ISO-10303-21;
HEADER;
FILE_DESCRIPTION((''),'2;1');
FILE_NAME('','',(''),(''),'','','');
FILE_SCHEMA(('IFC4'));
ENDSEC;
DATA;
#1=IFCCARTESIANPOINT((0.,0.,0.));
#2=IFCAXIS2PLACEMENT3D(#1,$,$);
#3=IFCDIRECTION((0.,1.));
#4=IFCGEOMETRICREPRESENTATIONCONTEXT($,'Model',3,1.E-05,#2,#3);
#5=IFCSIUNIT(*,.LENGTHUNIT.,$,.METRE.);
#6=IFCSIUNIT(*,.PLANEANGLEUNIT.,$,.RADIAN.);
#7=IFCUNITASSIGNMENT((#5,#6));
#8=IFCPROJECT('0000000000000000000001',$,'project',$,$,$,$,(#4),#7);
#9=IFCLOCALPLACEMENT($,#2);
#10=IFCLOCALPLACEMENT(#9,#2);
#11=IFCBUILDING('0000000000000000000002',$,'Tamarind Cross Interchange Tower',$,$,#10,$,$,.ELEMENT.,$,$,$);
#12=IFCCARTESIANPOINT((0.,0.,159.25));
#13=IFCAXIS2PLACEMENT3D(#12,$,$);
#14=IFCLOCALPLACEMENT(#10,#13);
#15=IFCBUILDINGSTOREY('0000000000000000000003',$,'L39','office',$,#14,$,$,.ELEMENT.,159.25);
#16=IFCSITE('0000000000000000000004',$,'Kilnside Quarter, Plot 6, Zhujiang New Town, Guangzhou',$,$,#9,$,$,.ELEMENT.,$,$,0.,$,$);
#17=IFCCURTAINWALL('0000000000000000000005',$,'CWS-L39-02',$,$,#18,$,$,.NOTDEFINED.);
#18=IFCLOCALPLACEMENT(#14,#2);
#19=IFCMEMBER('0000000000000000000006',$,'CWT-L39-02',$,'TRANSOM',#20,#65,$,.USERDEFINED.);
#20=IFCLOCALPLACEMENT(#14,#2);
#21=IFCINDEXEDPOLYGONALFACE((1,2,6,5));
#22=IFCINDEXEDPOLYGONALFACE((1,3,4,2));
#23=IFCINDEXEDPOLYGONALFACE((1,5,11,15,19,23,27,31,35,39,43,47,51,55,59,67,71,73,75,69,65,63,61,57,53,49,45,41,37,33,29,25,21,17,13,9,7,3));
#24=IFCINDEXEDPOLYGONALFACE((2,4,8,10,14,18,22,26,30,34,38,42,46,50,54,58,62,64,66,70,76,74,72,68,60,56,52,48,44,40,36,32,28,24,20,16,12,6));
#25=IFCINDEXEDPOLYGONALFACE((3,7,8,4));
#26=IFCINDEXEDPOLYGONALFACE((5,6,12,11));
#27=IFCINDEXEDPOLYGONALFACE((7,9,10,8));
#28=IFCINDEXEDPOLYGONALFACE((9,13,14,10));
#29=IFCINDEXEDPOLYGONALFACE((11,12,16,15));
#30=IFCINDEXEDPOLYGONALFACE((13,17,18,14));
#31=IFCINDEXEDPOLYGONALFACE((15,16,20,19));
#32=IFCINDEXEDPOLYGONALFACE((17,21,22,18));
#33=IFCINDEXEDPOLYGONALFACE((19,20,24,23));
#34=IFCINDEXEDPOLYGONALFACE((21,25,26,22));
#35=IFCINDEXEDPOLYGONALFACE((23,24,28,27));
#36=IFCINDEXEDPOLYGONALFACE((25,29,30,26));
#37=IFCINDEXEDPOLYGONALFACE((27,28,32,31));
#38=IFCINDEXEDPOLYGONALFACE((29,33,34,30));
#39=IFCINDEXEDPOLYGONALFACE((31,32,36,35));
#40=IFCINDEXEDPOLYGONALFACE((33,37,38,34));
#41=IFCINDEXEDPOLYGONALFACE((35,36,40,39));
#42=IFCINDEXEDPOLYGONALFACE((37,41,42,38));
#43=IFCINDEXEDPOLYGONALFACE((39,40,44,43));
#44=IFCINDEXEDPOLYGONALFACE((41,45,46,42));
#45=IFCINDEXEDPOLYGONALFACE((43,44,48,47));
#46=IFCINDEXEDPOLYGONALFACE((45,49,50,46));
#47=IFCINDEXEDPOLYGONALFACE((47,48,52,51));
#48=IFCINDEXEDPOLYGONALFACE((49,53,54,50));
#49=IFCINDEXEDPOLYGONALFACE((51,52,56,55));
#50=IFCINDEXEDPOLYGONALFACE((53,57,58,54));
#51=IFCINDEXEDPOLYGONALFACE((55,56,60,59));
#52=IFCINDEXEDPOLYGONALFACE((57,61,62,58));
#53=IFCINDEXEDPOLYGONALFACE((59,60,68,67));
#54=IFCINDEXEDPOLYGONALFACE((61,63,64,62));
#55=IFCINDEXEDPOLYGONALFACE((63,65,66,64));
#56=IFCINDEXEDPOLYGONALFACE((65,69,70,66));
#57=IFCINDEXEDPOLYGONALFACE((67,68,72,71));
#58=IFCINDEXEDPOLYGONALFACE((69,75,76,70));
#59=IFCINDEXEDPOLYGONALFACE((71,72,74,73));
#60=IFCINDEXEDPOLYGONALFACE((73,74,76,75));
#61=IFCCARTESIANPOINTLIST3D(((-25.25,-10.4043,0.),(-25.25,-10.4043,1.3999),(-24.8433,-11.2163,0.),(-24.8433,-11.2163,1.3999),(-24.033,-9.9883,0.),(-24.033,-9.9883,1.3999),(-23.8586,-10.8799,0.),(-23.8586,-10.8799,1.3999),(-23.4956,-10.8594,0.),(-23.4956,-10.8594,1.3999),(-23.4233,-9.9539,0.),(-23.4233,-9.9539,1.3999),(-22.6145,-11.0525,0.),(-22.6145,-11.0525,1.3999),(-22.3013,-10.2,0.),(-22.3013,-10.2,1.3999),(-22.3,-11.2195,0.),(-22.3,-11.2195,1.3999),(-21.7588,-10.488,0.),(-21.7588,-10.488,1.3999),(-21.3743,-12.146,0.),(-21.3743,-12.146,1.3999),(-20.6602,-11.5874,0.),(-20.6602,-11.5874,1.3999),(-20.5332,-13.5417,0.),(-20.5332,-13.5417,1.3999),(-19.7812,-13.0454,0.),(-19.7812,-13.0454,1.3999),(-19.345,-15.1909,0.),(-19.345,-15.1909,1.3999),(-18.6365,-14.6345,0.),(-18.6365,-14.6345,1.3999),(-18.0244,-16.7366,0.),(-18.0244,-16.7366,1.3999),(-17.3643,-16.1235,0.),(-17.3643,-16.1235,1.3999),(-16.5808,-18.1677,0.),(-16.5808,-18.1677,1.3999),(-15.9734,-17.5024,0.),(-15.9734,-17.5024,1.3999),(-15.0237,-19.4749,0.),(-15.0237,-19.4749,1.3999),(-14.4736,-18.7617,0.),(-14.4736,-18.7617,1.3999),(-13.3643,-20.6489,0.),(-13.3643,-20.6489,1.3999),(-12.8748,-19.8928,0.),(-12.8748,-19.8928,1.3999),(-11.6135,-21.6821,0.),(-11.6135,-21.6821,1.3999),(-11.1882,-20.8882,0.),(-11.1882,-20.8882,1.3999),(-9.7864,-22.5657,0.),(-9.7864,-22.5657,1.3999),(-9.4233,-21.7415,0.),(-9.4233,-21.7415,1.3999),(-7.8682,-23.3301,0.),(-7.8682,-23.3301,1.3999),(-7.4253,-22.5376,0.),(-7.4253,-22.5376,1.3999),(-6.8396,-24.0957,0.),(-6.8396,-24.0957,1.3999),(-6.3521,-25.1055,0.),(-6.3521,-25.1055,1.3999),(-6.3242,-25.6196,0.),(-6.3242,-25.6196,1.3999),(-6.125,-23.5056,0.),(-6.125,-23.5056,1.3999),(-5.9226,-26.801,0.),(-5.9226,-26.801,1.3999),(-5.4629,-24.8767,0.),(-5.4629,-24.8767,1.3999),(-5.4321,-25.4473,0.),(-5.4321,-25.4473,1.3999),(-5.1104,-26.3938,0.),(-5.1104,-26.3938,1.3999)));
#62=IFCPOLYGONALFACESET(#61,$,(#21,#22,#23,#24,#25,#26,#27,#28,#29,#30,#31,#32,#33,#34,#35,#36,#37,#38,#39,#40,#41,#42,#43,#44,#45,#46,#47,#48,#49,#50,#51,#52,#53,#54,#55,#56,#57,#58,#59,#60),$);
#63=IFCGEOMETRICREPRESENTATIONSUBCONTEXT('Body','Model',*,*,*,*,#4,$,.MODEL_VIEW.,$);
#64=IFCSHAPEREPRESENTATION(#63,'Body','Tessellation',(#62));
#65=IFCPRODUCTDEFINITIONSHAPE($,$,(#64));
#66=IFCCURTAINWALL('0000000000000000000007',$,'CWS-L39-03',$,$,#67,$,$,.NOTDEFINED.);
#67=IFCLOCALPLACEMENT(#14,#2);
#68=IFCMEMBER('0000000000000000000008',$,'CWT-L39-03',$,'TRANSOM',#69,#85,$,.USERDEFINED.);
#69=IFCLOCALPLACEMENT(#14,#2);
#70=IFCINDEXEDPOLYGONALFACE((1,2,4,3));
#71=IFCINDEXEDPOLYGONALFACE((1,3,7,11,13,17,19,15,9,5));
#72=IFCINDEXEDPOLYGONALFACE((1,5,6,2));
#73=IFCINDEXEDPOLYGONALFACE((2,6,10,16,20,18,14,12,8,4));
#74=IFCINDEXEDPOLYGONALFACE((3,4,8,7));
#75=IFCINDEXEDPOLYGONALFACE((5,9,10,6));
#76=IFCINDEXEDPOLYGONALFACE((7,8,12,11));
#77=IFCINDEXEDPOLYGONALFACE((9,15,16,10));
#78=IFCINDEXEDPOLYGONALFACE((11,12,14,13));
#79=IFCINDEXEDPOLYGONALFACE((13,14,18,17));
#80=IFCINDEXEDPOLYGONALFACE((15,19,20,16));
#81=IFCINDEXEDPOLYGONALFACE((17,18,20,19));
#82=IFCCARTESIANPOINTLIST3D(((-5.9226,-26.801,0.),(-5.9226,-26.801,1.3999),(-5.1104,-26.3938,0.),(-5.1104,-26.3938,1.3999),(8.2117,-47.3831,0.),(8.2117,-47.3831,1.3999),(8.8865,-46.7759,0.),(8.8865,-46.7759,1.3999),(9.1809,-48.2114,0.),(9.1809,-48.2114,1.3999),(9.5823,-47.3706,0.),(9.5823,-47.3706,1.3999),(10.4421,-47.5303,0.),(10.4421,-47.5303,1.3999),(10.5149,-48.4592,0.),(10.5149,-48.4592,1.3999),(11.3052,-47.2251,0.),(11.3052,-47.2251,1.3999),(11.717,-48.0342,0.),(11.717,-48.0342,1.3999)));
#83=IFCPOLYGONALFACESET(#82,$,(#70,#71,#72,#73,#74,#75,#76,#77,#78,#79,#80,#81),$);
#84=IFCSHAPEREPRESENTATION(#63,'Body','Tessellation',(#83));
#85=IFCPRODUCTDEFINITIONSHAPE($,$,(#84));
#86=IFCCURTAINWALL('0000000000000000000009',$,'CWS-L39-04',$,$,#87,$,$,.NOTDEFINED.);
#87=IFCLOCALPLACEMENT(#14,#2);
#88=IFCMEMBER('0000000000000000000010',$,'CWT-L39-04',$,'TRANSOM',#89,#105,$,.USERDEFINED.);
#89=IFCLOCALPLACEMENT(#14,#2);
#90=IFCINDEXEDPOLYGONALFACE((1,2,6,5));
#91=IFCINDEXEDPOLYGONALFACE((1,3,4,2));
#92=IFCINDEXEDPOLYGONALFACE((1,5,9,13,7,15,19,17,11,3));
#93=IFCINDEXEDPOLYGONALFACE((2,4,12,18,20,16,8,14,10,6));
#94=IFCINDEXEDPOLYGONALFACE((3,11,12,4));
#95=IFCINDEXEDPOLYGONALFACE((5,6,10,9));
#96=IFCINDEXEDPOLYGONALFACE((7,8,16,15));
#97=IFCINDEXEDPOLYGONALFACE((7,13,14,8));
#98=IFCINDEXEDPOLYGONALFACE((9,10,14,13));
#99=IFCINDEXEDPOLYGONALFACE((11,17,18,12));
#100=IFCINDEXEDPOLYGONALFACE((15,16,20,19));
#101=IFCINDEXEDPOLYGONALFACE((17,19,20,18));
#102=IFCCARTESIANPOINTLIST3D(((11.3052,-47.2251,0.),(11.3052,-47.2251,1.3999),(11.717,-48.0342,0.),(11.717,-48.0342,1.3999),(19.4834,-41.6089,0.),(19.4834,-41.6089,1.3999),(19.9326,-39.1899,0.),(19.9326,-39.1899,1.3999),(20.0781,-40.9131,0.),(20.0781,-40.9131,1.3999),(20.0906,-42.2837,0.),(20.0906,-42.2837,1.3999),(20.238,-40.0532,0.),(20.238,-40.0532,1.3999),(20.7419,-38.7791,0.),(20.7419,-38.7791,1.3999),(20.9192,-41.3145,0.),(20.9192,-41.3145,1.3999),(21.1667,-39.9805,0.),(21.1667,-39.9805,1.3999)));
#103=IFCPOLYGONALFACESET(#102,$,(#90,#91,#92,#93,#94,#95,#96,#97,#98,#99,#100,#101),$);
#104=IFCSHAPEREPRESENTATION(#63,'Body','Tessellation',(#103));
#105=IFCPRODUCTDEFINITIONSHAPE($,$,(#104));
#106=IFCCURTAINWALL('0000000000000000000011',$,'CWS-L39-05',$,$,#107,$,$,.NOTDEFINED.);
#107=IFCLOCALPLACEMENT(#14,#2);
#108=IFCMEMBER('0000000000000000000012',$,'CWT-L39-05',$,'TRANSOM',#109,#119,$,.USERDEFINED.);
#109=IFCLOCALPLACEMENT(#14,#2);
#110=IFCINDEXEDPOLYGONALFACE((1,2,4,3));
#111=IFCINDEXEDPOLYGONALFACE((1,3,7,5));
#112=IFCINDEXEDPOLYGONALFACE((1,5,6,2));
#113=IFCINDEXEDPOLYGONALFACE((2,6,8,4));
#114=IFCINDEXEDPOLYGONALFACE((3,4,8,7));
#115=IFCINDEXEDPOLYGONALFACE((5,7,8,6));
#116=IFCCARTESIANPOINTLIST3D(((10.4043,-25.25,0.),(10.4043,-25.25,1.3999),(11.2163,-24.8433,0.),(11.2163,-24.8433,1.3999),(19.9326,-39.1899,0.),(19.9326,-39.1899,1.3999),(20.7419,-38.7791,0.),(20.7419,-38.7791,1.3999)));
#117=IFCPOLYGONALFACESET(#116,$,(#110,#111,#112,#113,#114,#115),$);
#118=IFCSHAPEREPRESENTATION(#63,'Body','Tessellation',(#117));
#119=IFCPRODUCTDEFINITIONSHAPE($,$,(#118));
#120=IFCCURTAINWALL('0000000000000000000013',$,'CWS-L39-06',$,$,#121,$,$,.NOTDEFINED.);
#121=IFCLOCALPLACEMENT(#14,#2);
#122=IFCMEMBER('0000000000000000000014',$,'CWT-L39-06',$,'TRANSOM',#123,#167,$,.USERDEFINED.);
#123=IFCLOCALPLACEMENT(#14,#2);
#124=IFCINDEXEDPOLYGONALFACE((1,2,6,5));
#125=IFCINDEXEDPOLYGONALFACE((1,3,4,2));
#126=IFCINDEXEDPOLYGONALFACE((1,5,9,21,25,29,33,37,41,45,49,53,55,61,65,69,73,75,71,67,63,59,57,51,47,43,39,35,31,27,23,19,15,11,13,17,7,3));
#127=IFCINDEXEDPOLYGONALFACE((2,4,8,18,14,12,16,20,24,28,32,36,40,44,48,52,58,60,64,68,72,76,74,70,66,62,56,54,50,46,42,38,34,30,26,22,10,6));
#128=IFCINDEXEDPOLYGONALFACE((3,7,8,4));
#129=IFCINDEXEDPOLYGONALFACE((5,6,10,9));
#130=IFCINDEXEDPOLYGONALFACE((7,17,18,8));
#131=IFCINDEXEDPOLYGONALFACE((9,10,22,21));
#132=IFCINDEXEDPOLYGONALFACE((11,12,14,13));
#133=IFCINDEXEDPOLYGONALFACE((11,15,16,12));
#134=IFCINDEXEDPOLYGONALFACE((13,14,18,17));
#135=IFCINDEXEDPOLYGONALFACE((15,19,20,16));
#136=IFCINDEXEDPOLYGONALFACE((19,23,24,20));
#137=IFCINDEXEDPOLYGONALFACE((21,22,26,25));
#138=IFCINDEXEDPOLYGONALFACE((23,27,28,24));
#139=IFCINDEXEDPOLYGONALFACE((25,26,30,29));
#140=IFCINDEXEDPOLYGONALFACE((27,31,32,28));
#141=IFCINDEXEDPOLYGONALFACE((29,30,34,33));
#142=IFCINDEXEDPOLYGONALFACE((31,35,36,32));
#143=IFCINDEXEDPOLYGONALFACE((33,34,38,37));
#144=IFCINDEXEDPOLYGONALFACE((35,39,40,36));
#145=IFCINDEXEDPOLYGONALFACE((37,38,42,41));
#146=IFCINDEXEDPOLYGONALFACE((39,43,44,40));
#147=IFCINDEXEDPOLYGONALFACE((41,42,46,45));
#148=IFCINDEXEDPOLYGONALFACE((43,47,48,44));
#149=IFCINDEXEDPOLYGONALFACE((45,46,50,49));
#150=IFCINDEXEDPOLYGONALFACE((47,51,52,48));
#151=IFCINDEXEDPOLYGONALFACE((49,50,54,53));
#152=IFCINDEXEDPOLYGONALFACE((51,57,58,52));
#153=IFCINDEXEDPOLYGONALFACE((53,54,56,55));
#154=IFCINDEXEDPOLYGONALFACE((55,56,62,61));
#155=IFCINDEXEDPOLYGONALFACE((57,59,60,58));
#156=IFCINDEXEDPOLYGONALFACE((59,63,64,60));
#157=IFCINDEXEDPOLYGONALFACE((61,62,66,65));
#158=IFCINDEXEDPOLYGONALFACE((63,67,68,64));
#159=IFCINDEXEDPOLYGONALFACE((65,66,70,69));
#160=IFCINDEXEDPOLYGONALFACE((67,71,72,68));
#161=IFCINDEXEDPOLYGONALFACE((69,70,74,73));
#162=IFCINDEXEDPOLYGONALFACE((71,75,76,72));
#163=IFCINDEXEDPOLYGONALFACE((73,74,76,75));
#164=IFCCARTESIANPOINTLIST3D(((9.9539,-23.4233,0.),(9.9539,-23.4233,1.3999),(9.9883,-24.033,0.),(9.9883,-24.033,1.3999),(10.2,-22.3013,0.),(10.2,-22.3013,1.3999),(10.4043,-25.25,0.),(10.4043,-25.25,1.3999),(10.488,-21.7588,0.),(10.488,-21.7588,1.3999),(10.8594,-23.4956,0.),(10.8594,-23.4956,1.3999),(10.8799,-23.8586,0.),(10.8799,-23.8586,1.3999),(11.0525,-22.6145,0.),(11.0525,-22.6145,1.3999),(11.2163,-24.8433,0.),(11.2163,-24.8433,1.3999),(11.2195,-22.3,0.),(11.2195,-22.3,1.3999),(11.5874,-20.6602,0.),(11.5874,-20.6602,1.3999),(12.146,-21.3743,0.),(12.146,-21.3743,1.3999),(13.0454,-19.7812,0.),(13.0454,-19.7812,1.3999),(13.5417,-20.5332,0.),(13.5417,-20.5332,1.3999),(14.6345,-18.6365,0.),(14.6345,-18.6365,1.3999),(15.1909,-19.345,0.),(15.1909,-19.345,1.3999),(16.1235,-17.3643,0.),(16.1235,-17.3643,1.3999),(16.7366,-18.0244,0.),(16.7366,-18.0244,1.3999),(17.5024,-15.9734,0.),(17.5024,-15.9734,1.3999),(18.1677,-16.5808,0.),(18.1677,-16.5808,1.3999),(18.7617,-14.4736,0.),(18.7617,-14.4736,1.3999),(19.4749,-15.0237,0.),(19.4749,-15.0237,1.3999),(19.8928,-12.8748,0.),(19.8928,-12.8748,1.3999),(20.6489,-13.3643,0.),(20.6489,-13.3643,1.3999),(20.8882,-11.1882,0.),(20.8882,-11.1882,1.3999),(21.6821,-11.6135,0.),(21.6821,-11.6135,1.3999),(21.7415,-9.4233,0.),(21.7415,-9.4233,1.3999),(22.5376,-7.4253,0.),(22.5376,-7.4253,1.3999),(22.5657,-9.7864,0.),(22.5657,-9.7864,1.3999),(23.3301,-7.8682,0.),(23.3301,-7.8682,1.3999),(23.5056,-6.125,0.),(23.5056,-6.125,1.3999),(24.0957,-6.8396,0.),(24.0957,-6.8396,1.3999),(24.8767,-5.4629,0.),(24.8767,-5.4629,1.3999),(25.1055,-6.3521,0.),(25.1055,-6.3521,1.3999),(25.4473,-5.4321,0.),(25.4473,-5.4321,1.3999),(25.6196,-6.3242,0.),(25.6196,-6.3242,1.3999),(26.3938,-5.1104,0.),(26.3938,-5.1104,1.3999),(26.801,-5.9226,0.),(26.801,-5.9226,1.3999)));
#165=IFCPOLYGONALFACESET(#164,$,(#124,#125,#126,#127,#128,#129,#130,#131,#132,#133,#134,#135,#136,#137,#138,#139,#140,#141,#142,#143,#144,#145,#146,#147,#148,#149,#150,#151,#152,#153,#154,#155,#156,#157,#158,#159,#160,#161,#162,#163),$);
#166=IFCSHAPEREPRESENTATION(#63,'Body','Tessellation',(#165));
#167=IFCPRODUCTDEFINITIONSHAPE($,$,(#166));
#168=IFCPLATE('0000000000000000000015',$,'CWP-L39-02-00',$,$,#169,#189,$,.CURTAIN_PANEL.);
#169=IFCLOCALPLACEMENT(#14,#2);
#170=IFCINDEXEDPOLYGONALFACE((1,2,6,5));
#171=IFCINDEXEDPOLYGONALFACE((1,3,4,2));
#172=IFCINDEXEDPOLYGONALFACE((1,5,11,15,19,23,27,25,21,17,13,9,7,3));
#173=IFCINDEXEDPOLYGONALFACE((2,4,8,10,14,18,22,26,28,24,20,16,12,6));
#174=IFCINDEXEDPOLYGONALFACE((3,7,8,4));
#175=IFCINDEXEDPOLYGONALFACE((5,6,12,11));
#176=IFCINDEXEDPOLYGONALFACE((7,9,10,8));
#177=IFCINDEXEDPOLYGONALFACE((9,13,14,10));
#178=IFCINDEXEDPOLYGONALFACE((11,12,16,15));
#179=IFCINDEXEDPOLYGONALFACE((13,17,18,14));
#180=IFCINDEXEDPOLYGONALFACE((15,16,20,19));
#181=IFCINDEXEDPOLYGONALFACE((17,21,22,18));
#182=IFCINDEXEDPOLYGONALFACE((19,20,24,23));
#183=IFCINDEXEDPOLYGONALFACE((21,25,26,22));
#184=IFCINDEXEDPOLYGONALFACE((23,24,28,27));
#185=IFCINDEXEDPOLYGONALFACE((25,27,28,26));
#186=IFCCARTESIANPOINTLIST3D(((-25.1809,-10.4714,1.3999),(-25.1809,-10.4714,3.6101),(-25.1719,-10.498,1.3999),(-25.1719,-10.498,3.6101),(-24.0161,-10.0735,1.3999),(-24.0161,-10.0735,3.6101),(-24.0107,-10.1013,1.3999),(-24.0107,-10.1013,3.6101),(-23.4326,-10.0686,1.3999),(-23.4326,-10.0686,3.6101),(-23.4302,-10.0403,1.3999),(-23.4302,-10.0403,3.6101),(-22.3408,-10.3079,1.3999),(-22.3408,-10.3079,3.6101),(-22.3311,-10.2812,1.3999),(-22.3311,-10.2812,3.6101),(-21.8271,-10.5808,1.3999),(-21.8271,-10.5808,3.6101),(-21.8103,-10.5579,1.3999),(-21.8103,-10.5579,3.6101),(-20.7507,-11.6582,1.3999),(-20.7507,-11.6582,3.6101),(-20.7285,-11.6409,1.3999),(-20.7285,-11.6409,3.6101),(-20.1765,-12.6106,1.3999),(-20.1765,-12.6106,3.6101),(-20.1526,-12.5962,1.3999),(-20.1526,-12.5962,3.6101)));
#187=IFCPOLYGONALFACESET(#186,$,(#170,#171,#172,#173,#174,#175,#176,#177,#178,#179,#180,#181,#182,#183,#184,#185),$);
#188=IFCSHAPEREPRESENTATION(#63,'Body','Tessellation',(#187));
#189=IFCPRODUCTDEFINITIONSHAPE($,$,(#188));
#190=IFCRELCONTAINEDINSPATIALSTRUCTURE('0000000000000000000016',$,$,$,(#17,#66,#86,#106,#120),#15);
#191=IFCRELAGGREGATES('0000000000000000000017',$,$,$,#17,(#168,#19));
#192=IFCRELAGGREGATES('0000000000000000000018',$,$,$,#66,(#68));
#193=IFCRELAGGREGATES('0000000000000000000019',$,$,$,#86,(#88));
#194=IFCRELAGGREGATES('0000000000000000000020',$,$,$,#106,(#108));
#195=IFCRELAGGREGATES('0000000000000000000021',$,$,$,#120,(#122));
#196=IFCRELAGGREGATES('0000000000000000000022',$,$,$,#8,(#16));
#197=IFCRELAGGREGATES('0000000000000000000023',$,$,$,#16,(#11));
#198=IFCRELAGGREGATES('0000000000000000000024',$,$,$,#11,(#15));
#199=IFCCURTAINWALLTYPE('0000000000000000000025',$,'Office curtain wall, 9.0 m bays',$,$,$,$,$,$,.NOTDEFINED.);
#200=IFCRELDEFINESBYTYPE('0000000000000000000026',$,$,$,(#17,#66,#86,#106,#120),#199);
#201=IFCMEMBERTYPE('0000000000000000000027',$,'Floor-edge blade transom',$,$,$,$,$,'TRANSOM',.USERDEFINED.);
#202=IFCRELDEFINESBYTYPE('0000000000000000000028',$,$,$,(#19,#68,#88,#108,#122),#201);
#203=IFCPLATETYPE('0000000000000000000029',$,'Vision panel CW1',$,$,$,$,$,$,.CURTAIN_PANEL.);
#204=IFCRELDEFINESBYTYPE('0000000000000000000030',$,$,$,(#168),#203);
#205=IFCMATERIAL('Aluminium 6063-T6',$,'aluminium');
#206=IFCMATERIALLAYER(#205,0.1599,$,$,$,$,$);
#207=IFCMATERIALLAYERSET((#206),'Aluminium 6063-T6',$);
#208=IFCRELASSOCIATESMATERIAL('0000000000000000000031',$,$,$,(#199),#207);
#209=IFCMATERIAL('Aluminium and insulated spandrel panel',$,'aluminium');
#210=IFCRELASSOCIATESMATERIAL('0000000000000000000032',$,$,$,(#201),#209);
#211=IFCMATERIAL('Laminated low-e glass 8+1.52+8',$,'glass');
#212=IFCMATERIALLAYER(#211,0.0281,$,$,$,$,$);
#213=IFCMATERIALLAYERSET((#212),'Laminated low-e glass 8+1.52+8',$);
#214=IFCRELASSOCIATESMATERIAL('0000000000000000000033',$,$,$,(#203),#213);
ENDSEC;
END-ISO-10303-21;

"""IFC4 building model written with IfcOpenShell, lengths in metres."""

from ifc_helpers import new_model, si_unit, direction, frame, origin, place, context, subcontext, project, spatial, polyline, outline, extrude, material, layer, layer_set, type_object, element, aggregate, save


model = new_model("IFC4")

# Units and contexts
model_context = context("Model", 3, precision=1e-05, world=origin(), true_north=direction((0.0, 1.0)))
body_context = subcontext(model_context, "Body", "Model", "MODEL_VIEW")
ifc_project = project(units=[si_unit("LENGTHUNIT", "METRE"), si_unit("PLANEANGLEUNIT", "RADIAN")], contexts=[model_context])

# Site, building, storey
site_placement = place(None, origin())
site = spatial("IfcSite", under=ifc_project, at=site_placement, Name="Kilnside Quarter, Plot 6, Zhujiang New Town, Guangzhou", CompositionType="ELEMENT", RefElevation=0.0)
building_placement = place(site_placement, origin())
building = spatial("IfcBuilding", under=site, at=building_placement, Name="Tamarind Cross Interchange Tower", CompositionType="ELEMENT")
storey_placement = place(building_placement, frame((0.0, 0.0, 159.25)))
storey = spatial("IfcBuildingStorey", under=building, at=storey_placement, Name="L39", Description="office", CompositionType="ELEMENT", Elevation=159.25)

# Curtain walls, members
ifc_material_1 = material(Name="Aluminium 6063-T6", Category="aluminium")
ifc_layer_1 = layer(ifc_material_1, 0.1599)
ifc_layer_set_1 = layer_set([ifc_layer_1], Name="Aluminium 6063-T6")
curtain_wall_type = type_object("IfcCurtainWallType", Name="Office curtain wall, 9.0 m bays", PredefinedType="NOTDEFINED", material=ifc_layer_set_1)
curtain_wall_1_placement = place(storey_placement, origin())
curtain_wall_1 = element("IfcCurtainWall", 1, at=curtain_wall_1_placement, inside=storey, type_object=curtain_wall_type, Name="CWS-L39-02", PredefinedType="NOTDEFINED")
ifc_material_2 = material(Name="Aluminium and insulated spandrel panel", Category="aluminium")
member_type = type_object("IfcMemberType", Name="Floor-edge blade transom", ElementType="TRANSOM", PredefinedType="USERDEFINED", material=ifc_material_2)
member_1_placement = place(storey_placement, origin())
member_1 = element("IfcMember", 2, at=member_1_placement, type_object=member_type, Name="CWT-L39-02", ObjectType="TRANSOM", PredefinedType="USERDEFINED", context=body_context, shape_type="SweptSolid", body=[
    extrude(outline(polyline([(-25.25, -10.4043), (-24.033, -9.9883), (-23.4233, -9.9539), (-22.3013, -10.2), (-21.7588, -10.488), (-20.6602, -11.5874), (-19.7812, -13.0454), (-18.6365, -14.6345), (-17.3643, -16.1235), (-15.9734, -17.5024), (-14.4736, -18.7617), (-12.8748, -19.8928), (-11.1882, -20.8882), (-9.4233, -21.7415), (-7.4253, -22.5376), (-6.125, -23.5056), (-5.4629, -24.8767), (-5.4321, -25.4473), (-5.1104, -26.3938), (-5.9226, -26.801), (-6.3242, -25.6196), (-6.3521, -25.1055), (-6.8396, -24.0957), (-7.8682, -23.3301), (-9.7864, -22.5657), (-11.6135, -21.6821), (-13.3643, -20.6489), (-15.0237, -19.4749), (-16.5808, -18.1677), (-18.0244, -16.7366), (-19.345, -15.1909), (-20.5332, -13.5417), (-21.3743, -12.146), (-22.3, -11.2195), (-22.6145, -11.0525), (-23.4956, -10.8594), (-23.8586, -10.8799), (-24.8433, -11.2163), (-25.25, -10.4043)])), origin(), (0.0, 0.0, 1.0), 1.3999),
])
curtain_wall_2_placement = place(storey_placement, origin())
curtain_wall_2 = element("IfcCurtainWall", 3, at=curtain_wall_2_placement, inside=storey, type_object=curtain_wall_type, Name="CWS-L39-03", PredefinedType="NOTDEFINED")
member_2_placement = place(storey_placement, origin())
member_2 = element("IfcMember", 4, at=member_2_placement, type_object=member_type, Name="CWT-L39-03", ObjectType="TRANSOM", PredefinedType="USERDEFINED", context=body_context, shape_type="SweptSolid", body=[
    extrude(outline(polyline([(-5.1104, -26.3938), (8.8865, -46.7759), (9.5823, -47.3706), (10.4421, -47.5303), (11.3052, -47.2251), (11.717, -48.0342), (10.5149, -48.4592), (9.1809, -48.2114), (8.2117, -47.3831), (-5.9226, -26.801), (-5.1104, -26.3938)])), origin(), (0.0, 0.0, 1.0), 1.3999),
])
curtain_wall_3_placement = place(storey_placement, origin())
curtain_wall_3 = element("IfcCurtainWall", 5, at=curtain_wall_3_placement, inside=storey, type_object=curtain_wall_type, Name="CWS-L39-04", PredefinedType="NOTDEFINED")
member_3_placement = place(storey_placement, origin())
member_3 = element("IfcMember", 6, at=member_3_placement, type_object=member_type, Name="CWT-L39-04", ObjectType="TRANSOM", PredefinedType="USERDEFINED", context=body_context, shape_type="SweptSolid", body=[
    extrude(outline(polyline([(11.3052, -47.2251), (19.4834, -41.6089), (20.0781, -40.9131), (20.238, -40.0532), (19.9326, -39.1899), (20.7419, -38.7791), (21.1667, -39.9805), (20.9192, -41.3145), (20.0906, -42.2837), (11.717, -48.0342), (11.3052, -47.2251)])), origin(), (0.0, 0.0, 1.0), 1.3999),
])
curtain_wall_4_placement = place(storey_placement, origin())
curtain_wall_4 = element("IfcCurtainWall", 7, at=curtain_wall_4_placement, inside=storey, type_object=curtain_wall_type, Name="CWS-L39-05", PredefinedType="NOTDEFINED")
member_4_placement = place(storey_placement, origin())
member_4 = element("IfcMember", 8, at=member_4_placement, type_object=member_type, Name="CWT-L39-05", ObjectType="TRANSOM", PredefinedType="USERDEFINED", context=body_context, shape_type="SweptSolid", body=[
    extrude(outline(polyline([(19.9326, -39.1899), (10.4043, -25.25), (11.2163, -24.8433), (20.7419, -38.7791), (19.9326, -39.1899)])), origin(), (0.0, 0.0, 1.0), 1.3999),
])
curtain_wall_5_placement = place(storey_placement, origin())
curtain_wall_5 = element("IfcCurtainWall", 9, at=curtain_wall_5_placement, inside=storey, type_object=curtain_wall_type, Name="CWS-L39-06", PredefinedType="NOTDEFINED")
member_5_placement = place(storey_placement, origin())
member_5 = element("IfcMember", 10, at=member_5_placement, type_object=member_type, Name="CWT-L39-06", ObjectType="TRANSOM", PredefinedType="USERDEFINED", context=body_context, shape_type="SweptSolid", body=[
    extrude(outline(polyline([(10.4043, -25.25), (9.9883, -24.033), (9.9539, -23.4233), (10.2, -22.3013), (10.488, -21.7588), (11.5874, -20.6602), (13.0454, -19.7812), (14.6345, -18.6365), (16.1235, -17.3643), (17.5024, -15.9734), (18.7617, -14.4736), (19.8928, -12.8748), (20.8882, -11.1882), (21.7415, -9.4233), (22.5376, -7.4253), (23.5056, -6.125), (24.8767, -5.4629), (25.4473, -5.4321), (26.3938, -5.1104), (26.801, -5.9226), (25.6196, -6.3242), (25.1055, -6.3521), (24.0957, -6.8396), (23.3301, -7.8682), (22.5657, -9.7864), (21.6821, -11.6135), (20.6489, -13.3643), (19.4749, -15.0237), (18.1677, -16.5808), (16.7366, -18.0244), (15.1909, -19.345), (13.5417, -20.5332), (12.146, -21.3743), (11.2195, -22.3), (11.0525, -22.6145), (10.8594, -23.4956), (10.8799, -23.8586), (11.2163, -24.8433), (10.4043, -25.25)])), origin(), (0.0, 0.0, 1.0), 1.3999),
])

# Plate
ifc_material_3 = material(Name="Laminated low-e glass 8+1.52+8", Category="glass")
ifc_layer_2 = layer(ifc_material_3, 0.0281)
ifc_layer_set_2 = layer_set([ifc_layer_2], Name="Laminated low-e glass 8+1.52+8")
plate_type = type_object("IfcPlateType", Name="Vision panel CW1", PredefinedType="CURTAIN_PANEL", material=ifc_layer_set_2)
plate_1_placement = place(storey_placement, frame((0.0, 0.0, 1.3999)))
plate_1 = element("IfcPlate", 11, at=plate_1_placement, type_object=plate_type, Name="CWP-L39-02-00", PredefinedType="CURTAIN_PANEL", context=body_context, shape_type="SweptSolid", body=[
    extrude(outline(polyline([(-25.1809, -10.4714), (-24.0161, -10.0735), (-23.4302, -10.0403), (-22.3311, -10.2812), (-21.8103, -10.5579), (-20.7285, -11.6409), (-20.1526, -12.5962), (-20.1765, -12.6106), (-20.7507, -11.6582), (-21.8271, -10.5808), (-22.3408, -10.3079), (-23.4326, -10.0686), (-24.0107, -10.1013), (-25.1719, -10.498), (-25.1809, -10.4714)])), origin(), (0.0, 0.0, 1.0), 2.2102),
])
aggregate(curtain_wall_1, [plate_1, member_1])
aggregate(curtain_wall_2, [member_2])
aggregate(curtain_wall_3, [member_3])
aggregate(curtain_wall_4, [member_4])
aggregate(curtain_wall_5, [member_5])

save(model, "model.ifc")
